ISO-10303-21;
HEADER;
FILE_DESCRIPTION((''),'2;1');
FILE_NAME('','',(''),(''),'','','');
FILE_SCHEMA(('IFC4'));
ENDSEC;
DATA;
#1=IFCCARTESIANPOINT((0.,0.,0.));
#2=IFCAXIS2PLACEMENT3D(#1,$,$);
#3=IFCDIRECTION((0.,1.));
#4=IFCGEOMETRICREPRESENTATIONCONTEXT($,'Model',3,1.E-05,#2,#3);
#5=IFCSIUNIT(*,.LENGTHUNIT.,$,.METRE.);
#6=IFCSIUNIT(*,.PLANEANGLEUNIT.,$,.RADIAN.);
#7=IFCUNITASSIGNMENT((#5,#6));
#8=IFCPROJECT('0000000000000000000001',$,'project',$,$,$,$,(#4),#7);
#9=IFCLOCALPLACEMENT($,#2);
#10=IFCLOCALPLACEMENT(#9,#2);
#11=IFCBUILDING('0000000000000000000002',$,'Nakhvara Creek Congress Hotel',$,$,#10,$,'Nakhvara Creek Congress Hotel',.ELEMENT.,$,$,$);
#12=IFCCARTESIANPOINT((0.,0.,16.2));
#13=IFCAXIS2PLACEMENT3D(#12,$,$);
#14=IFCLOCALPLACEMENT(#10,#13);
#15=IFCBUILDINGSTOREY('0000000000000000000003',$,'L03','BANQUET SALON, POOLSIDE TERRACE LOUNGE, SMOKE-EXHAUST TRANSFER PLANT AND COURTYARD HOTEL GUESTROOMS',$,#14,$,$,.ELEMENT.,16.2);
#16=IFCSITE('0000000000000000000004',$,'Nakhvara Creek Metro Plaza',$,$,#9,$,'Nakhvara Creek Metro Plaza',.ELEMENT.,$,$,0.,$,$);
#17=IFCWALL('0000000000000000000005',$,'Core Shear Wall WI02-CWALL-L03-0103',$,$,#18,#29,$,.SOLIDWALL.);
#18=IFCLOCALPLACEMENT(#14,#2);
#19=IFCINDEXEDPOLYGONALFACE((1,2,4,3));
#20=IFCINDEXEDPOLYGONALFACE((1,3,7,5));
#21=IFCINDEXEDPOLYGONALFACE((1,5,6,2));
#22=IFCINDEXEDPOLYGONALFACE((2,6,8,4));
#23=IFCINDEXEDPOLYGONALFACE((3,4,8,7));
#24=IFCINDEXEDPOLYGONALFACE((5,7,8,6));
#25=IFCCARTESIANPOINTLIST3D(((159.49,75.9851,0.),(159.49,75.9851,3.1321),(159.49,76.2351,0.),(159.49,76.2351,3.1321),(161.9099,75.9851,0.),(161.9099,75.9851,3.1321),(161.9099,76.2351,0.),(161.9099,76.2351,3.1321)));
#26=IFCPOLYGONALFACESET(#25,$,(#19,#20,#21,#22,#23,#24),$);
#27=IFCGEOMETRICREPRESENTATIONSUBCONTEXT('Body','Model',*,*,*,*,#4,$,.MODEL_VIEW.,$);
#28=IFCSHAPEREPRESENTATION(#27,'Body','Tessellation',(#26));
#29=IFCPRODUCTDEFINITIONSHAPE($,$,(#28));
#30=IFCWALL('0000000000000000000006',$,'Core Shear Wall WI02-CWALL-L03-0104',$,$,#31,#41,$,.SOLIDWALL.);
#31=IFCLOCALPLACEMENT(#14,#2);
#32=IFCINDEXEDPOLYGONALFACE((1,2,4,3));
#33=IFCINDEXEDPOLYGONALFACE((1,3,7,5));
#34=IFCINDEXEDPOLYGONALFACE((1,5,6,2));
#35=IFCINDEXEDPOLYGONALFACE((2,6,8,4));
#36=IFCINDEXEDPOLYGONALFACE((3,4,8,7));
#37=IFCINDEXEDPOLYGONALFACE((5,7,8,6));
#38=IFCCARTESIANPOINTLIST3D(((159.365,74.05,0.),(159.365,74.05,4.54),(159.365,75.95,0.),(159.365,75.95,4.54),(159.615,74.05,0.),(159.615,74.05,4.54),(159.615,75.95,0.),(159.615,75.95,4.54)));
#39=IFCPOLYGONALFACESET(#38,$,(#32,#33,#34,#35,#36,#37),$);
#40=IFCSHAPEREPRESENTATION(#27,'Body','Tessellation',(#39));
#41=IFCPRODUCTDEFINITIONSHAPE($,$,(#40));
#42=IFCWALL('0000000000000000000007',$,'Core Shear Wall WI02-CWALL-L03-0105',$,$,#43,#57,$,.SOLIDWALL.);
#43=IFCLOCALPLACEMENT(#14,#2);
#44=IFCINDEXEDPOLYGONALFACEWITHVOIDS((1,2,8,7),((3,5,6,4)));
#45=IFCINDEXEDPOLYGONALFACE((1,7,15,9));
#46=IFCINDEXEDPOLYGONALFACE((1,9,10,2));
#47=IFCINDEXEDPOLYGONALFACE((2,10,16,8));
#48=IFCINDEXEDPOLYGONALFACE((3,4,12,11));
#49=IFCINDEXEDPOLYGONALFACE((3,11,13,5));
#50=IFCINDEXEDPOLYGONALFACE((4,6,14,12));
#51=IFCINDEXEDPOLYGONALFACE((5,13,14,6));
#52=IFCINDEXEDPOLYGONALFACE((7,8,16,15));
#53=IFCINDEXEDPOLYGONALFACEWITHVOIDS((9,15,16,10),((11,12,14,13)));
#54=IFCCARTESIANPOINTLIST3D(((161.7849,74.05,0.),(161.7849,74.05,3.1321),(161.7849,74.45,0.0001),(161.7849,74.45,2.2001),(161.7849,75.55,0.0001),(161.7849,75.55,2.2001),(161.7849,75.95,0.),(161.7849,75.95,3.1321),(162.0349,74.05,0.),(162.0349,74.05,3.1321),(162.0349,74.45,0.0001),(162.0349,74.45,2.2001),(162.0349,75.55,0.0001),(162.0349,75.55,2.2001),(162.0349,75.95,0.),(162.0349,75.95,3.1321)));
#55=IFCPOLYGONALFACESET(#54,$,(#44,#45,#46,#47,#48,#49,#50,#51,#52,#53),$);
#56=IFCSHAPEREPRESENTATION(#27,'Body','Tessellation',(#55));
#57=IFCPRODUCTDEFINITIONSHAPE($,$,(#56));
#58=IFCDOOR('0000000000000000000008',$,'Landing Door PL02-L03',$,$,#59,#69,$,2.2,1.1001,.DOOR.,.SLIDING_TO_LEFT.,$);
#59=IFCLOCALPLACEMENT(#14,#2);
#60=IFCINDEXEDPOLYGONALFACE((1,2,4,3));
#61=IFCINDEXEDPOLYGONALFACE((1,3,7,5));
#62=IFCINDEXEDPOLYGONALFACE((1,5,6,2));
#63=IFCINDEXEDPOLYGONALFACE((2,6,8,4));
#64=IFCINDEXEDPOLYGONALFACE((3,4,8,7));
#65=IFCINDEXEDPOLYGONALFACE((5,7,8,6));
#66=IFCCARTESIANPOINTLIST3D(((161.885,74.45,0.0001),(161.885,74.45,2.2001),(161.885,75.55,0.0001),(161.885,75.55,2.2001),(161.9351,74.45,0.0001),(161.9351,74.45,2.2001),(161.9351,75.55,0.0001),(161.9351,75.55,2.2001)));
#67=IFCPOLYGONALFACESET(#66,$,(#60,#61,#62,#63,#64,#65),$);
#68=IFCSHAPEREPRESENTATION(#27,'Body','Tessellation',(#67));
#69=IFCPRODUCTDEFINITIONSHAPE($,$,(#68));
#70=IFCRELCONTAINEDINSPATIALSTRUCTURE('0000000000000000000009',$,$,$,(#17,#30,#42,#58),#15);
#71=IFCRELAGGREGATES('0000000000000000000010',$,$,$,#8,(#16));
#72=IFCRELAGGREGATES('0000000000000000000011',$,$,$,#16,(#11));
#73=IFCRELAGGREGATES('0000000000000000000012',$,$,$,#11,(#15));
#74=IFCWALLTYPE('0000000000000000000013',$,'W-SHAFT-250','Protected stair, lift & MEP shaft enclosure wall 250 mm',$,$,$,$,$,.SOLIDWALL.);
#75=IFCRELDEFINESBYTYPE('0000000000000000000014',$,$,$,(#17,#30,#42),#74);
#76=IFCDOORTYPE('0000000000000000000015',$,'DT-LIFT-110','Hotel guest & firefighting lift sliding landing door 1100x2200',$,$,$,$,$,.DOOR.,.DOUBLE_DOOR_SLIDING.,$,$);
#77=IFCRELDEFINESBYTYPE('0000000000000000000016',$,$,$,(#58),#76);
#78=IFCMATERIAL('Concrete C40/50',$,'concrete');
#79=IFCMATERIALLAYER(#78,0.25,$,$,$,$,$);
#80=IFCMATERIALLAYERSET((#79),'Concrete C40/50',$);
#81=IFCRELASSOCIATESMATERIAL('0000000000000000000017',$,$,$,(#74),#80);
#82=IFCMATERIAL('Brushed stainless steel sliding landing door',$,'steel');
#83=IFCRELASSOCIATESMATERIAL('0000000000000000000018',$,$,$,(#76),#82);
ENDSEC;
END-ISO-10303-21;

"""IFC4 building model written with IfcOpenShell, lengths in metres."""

from ifc_helpers import new_model, si_unit, direction, frame, frame_2d, origin, place, context, subcontext, project, spatial, rectangle, extrude, material, layer, layer_set, type_object, element, fill, save


model = new_model("IFC4")

# Units and contexts
model_context = context("Model", 3, precision=1e-05, world=origin(), true_north=direction((0.0, 1.0)))
body_context = subcontext(model_context, "Body", "Model", "MODEL_VIEW")
ifc_project = project(units=[si_unit("LENGTHUNIT", "METRE"), si_unit("PLANEANGLEUNIT", "RADIAN")], contexts=[model_context])

# Site, building, storey
site_placement = place(None, origin())
site = spatial("IfcSite", under=ifc_project, at=site_placement, Name="Nakhvara Creek Metro Plaza", LongName="Nakhvara Creek Metro Plaza", CompositionType="ELEMENT", RefElevation=0.0)
building_placement = place(site_placement, origin())
building = spatial("IfcBuilding", under=site, at=building_placement, Name="Nakhvara Creek Congress Hotel", LongName="Nakhvara Creek Congress Hotel", CompositionType="ELEMENT")
storey_placement = place(building_placement, frame((0.0, 0.0, 16.2)))
storey = spatial("IfcBuildingStorey", under=building, at=storey_placement, Name="L03", Description="BANQUET SALON, POOLSIDE TERRACE LOUNGE, SMOKE-EXHAUST TRANSFER PLANT AND COURTYARD HOTEL GUESTROOMS", CompositionType="ELEMENT", Elevation=16.2)

# Shared definitions
ifc_material_1 = material(Name="Concrete C40/50", Category="concrete")

# Walls
ifc_layer_1 = layer(ifc_material_1, 0.25)
ifc_layer_set_1 = layer_set([ifc_layer_1], Name="Concrete C40/50")
wall_type_1 = type_object("IfcWallType", Name="W-SHAFT-250", Description="Protected stair, lift & MEP shaft enclosure wall 250 mm", PredefinedType="SOLIDWALL", material=ifc_layer_set_1)
wall_1_placement = place(storey_placement, frame((159.49, 76.1101, 0.0), z_axis=(0.0, 0.0, 1.0), x_axis=(1.0, 0.0, 0.0)))
element("IfcWall", 1, at=wall_1_placement, inside=storey, type_object=wall_type_1, Name="Core Shear Wall WI02-CWALL-L03-0103", PredefinedType="SOLIDWALL", context=body_context, shape_type="SweptSolid", body=[
    extrude(rectangle(XDim=2.4199, YDim=0.25, at=frame_2d((1.21, 0.0))), origin(), (0.0, 0.0, 1.0), 3.1321),
])
wall_2_placement = place(storey_placement, frame((159.49, 74.05, 0.0), z_axis=(0.0, 0.0, 1.0), x_axis=(0.0, 1.0, 0.0)))
element("IfcWall", 2, at=wall_2_placement, inside=storey, type_object=wall_type_1, Name="Core Shear Wall WI02-CWALL-L03-0104", PredefinedType="SOLIDWALL", context=body_context, shape_type="SweptSolid", body=[
    extrude(rectangle(XDim=1.8999, YDim=0.25, at=frame_2d((0.95, 0.0))), origin(), (0.0, 0.0, 1.0), 4.54),
])

# Wall, opening, door
wall_3_placement = place(storey_placement, frame((161.9099, 74.05, 0.0), z_axis=(0.0, 0.0, 1.0), x_axis=(0.0, 1.0, 0.0)))
wall_3 = element("IfcWall", 3, at=wall_3_placement, inside=storey, type_object=wall_type_1, Name="Core Shear Wall WI02-CWALL-L03-0105", PredefinedType="SOLIDWALL", context=body_context, shape_type="SweptSolid", body=[
    extrude(rectangle(XDim=1.8999, YDim=0.25, at=frame_2d((0.95, 0.0))), origin(), (0.0, 0.0, 1.0), 3.1321),
])
opening_1_placement = place(wall_3_placement, frame((0.3999, 0.0, 0.0)))
opening_1 = element("IfcOpeningElement", 4, at=opening_1_placement, cuts=wall_3, PredefinedType="OPENING", context=body_context, shape_type="SweptSolid", body=[
    extrude(rectangle(XDim=1.1001, YDim=2.2, at=frame_2d((0.55, 1.1001))), frame((0.0, 0.137, 0.0), z_axis=(0.0, -1.0, 0.0), x_axis=(1.0, 0.0, 0.0)), (0.0, 0.0, 1.0), 0.2739),
])
ifc_material_2 = material(Name="Brushed stainless steel sliding landing door", Category="steel")
door_type_1 = type_object("IfcDoorType", Name="DT-LIFT-110", Description="Hotel guest & firefighting lift sliding landing door 1100x2200", OperationType="DOUBLE_DOOR_SLIDING", PredefinedType="DOOR", material=ifc_material_2)
door_1_placement = place(opening_1_placement, origin())
door_1 = element("IfcDoor", 5, at=door_1_placement, inside=storey, type_object=door_type_1, Name="Landing Door PL02-L03", OperationType="SLIDING_TO_LEFT", OverallHeight=2.2, OverallWidth=1.1001, PredefinedType="DOOR", context=body_context, shape_type="SweptSolid", body=[
    extrude(rectangle(XDim=1.1001, YDim=2.2, at=frame_2d((0.55, 1.1001))), frame((0.0, 0.0249, 0.0), z_axis=(0.0, -1.0, 0.0), x_axis=(1.0, 0.0, 0.0)), (0.0, 0.0, 1.0), 0.05),
])
fill(opening_1, door_1)

save(model, "model.ifc")
